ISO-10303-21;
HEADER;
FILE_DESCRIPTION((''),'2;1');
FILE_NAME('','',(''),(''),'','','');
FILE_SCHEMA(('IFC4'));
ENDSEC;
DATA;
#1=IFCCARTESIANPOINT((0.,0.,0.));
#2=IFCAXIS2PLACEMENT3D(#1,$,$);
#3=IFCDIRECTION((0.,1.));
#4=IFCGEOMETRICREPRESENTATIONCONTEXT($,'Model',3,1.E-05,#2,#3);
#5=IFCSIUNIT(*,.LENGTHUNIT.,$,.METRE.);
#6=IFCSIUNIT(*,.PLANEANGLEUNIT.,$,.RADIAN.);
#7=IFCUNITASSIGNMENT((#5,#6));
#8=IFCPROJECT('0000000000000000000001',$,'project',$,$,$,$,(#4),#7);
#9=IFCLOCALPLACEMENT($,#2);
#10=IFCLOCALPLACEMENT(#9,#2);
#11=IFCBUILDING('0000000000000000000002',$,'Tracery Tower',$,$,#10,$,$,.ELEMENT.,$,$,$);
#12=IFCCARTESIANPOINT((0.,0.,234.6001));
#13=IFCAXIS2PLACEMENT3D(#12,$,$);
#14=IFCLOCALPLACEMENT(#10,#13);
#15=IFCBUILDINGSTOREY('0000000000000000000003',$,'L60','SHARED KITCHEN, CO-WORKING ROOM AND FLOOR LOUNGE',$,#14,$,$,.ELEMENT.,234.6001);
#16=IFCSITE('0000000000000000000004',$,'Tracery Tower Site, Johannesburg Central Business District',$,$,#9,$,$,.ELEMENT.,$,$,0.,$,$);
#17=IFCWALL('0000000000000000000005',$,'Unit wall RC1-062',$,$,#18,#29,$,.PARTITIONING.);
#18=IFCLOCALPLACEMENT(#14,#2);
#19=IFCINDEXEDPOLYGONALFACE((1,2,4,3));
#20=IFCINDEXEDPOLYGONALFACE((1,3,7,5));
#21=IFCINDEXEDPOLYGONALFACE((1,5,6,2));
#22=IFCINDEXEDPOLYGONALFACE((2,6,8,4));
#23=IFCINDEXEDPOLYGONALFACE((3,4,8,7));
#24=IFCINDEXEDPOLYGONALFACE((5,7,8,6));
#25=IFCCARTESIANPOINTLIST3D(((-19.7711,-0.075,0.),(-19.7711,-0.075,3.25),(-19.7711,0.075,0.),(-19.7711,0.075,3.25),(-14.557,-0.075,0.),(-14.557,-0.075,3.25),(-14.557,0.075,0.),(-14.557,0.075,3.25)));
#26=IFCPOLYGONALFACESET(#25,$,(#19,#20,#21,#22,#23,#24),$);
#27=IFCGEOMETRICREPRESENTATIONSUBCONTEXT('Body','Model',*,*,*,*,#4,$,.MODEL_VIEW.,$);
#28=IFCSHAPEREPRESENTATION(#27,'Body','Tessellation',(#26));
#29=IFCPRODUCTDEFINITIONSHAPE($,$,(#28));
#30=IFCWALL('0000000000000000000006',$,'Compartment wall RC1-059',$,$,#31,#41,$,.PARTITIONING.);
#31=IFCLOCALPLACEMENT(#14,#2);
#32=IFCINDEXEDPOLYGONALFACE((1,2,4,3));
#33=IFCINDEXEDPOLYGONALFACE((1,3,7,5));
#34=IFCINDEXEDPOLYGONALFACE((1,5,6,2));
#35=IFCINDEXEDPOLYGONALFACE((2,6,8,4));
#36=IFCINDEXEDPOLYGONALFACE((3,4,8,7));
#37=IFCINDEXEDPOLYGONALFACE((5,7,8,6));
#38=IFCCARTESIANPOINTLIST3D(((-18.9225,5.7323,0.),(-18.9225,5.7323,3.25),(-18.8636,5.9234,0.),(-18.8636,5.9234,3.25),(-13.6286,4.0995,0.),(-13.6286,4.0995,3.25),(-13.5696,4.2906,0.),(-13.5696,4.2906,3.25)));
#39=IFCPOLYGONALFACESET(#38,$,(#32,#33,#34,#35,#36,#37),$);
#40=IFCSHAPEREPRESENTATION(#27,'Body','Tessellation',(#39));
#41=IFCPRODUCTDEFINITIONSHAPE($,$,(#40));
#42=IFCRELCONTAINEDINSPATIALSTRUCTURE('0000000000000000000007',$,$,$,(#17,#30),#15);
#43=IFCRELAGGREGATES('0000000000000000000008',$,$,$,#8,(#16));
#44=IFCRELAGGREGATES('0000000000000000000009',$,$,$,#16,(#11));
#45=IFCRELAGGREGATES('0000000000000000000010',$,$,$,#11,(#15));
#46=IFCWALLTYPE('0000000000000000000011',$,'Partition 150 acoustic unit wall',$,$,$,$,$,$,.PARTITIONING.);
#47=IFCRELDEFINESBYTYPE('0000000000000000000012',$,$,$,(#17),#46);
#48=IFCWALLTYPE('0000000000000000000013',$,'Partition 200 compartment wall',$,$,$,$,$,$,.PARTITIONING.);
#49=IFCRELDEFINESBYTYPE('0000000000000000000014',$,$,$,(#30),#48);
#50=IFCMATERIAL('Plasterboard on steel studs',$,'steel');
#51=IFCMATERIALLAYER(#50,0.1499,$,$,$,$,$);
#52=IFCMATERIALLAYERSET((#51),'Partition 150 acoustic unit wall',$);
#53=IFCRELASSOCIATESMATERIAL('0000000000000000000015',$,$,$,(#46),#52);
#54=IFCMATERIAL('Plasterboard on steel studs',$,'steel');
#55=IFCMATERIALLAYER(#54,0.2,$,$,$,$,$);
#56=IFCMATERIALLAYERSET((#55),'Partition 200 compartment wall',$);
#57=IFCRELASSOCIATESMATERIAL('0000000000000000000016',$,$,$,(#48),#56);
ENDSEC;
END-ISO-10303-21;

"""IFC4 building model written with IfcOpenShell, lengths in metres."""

from ifc_helpers import new_model, si_unit, direction, frame, frame_2d, origin, place, context, subcontext, project, spatial, rectangle, extrude, material, layer, layer_set, type_object, element, save


model = new_model("IFC4")

# Units and contexts
model_context = context("Model", 3, precision=1e-05, world=origin(), true_north=direction((0.0, 1.0)))
body_context = subcontext(model_context, "Body", "Model", "MODEL_VIEW")
ifc_project = project(units=[si_unit("LENGTHUNIT", "METRE"), si_unit("PLANEANGLEUNIT", "RADIAN")], contexts=[model_context])

# Site, building, storey
site_placement = place(None, origin())
site = spatial("IfcSite", under=ifc_project, at=site_placement, Name="Tracery Tower Site, Johannesburg Central Business District", CompositionType="ELEMENT", RefElevation=0.0)
building_placement = place(site_placement, origin())
building = spatial("IfcBuilding", under=site, at=building_placement, Name="Tracery Tower", CompositionType="ELEMENT")
storey_placement = place(building_placement, frame((0.0, 0.0, 234.6001)))
storey = spatial("IfcBuildingStorey", under=building, at=storey_placement, Name="L60", Description="SHARED KITCHEN, CO-WORKING ROOM AND FLOOR LOUNGE", CompositionType="ELEMENT", Elevation=234.6001)

# Walls
ifc_material_1 = material(Name="Plasterboard on steel studs", Category="steel")
ifc_layer_1 = layer(ifc_material_1, 0.1499)
ifc_layer_set_1 = layer_set([ifc_layer_1], Name="Partition 150 acoustic unit wall")
wall_type_1 = type_object("IfcWallType", Name="Partition 150 acoustic unit wall", PredefinedType="PARTITIONING", material=ifc_layer_set_1)
wall_1_placement = place(storey_placement, frame((-19.771, 0.0, 0.0), z_axis=(0.0, 0.0, 1.0), x_axis=(1.0, 0.0, 0.0)))
element("IfcWall", 1, at=wall_1_placement, inside=storey, type_object=wall_type_1, Name="Unit wall RC1-062", PredefinedType="PARTITIONING", context=body_context, shape_type="SweptSolid", body=[
    extrude(rectangle(XDim=5.2141, YDim=0.1499, at=frame_2d((2.6069, 0.0))), origin(), (0.0, 0.0, 1.0), 3.25),
])
ifc_material_2 = material(Name="Plasterboard on steel studs", Category="steel")
ifc_layer_2 = layer(ifc_material_2, 0.2)
ifc_layer_set_2 = layer_set([ifc_layer_2], Name="Partition 200 compartment wall")
wall_type_2 = type_object("IfcWallType", Name="Partition 200 compartment wall", PredefinedType="PARTITIONING", material=ifc_layer_set_2)
wall_2_placement = place(storey_placement, frame((-18.8931, 5.8279, 0.0), z_axis=(0.0, 0.0, 1.0), x_axis=(0.955581, -0.29473, 0.0)))
element("IfcWall", 2, at=wall_2_placement, inside=storey, type_object=wall_type_2, Name="Compartment wall RC1-059", PredefinedType="PARTITIONING", context=body_context, shape_type="SweptSolid", body=[
    extrude(rectangle(XDim=5.54, YDim=0.2, at=frame_2d((2.77, 0.0))), origin(), (0.0, 0.0, 1.0), 3.25),
])

save(model, "model.ifc")
